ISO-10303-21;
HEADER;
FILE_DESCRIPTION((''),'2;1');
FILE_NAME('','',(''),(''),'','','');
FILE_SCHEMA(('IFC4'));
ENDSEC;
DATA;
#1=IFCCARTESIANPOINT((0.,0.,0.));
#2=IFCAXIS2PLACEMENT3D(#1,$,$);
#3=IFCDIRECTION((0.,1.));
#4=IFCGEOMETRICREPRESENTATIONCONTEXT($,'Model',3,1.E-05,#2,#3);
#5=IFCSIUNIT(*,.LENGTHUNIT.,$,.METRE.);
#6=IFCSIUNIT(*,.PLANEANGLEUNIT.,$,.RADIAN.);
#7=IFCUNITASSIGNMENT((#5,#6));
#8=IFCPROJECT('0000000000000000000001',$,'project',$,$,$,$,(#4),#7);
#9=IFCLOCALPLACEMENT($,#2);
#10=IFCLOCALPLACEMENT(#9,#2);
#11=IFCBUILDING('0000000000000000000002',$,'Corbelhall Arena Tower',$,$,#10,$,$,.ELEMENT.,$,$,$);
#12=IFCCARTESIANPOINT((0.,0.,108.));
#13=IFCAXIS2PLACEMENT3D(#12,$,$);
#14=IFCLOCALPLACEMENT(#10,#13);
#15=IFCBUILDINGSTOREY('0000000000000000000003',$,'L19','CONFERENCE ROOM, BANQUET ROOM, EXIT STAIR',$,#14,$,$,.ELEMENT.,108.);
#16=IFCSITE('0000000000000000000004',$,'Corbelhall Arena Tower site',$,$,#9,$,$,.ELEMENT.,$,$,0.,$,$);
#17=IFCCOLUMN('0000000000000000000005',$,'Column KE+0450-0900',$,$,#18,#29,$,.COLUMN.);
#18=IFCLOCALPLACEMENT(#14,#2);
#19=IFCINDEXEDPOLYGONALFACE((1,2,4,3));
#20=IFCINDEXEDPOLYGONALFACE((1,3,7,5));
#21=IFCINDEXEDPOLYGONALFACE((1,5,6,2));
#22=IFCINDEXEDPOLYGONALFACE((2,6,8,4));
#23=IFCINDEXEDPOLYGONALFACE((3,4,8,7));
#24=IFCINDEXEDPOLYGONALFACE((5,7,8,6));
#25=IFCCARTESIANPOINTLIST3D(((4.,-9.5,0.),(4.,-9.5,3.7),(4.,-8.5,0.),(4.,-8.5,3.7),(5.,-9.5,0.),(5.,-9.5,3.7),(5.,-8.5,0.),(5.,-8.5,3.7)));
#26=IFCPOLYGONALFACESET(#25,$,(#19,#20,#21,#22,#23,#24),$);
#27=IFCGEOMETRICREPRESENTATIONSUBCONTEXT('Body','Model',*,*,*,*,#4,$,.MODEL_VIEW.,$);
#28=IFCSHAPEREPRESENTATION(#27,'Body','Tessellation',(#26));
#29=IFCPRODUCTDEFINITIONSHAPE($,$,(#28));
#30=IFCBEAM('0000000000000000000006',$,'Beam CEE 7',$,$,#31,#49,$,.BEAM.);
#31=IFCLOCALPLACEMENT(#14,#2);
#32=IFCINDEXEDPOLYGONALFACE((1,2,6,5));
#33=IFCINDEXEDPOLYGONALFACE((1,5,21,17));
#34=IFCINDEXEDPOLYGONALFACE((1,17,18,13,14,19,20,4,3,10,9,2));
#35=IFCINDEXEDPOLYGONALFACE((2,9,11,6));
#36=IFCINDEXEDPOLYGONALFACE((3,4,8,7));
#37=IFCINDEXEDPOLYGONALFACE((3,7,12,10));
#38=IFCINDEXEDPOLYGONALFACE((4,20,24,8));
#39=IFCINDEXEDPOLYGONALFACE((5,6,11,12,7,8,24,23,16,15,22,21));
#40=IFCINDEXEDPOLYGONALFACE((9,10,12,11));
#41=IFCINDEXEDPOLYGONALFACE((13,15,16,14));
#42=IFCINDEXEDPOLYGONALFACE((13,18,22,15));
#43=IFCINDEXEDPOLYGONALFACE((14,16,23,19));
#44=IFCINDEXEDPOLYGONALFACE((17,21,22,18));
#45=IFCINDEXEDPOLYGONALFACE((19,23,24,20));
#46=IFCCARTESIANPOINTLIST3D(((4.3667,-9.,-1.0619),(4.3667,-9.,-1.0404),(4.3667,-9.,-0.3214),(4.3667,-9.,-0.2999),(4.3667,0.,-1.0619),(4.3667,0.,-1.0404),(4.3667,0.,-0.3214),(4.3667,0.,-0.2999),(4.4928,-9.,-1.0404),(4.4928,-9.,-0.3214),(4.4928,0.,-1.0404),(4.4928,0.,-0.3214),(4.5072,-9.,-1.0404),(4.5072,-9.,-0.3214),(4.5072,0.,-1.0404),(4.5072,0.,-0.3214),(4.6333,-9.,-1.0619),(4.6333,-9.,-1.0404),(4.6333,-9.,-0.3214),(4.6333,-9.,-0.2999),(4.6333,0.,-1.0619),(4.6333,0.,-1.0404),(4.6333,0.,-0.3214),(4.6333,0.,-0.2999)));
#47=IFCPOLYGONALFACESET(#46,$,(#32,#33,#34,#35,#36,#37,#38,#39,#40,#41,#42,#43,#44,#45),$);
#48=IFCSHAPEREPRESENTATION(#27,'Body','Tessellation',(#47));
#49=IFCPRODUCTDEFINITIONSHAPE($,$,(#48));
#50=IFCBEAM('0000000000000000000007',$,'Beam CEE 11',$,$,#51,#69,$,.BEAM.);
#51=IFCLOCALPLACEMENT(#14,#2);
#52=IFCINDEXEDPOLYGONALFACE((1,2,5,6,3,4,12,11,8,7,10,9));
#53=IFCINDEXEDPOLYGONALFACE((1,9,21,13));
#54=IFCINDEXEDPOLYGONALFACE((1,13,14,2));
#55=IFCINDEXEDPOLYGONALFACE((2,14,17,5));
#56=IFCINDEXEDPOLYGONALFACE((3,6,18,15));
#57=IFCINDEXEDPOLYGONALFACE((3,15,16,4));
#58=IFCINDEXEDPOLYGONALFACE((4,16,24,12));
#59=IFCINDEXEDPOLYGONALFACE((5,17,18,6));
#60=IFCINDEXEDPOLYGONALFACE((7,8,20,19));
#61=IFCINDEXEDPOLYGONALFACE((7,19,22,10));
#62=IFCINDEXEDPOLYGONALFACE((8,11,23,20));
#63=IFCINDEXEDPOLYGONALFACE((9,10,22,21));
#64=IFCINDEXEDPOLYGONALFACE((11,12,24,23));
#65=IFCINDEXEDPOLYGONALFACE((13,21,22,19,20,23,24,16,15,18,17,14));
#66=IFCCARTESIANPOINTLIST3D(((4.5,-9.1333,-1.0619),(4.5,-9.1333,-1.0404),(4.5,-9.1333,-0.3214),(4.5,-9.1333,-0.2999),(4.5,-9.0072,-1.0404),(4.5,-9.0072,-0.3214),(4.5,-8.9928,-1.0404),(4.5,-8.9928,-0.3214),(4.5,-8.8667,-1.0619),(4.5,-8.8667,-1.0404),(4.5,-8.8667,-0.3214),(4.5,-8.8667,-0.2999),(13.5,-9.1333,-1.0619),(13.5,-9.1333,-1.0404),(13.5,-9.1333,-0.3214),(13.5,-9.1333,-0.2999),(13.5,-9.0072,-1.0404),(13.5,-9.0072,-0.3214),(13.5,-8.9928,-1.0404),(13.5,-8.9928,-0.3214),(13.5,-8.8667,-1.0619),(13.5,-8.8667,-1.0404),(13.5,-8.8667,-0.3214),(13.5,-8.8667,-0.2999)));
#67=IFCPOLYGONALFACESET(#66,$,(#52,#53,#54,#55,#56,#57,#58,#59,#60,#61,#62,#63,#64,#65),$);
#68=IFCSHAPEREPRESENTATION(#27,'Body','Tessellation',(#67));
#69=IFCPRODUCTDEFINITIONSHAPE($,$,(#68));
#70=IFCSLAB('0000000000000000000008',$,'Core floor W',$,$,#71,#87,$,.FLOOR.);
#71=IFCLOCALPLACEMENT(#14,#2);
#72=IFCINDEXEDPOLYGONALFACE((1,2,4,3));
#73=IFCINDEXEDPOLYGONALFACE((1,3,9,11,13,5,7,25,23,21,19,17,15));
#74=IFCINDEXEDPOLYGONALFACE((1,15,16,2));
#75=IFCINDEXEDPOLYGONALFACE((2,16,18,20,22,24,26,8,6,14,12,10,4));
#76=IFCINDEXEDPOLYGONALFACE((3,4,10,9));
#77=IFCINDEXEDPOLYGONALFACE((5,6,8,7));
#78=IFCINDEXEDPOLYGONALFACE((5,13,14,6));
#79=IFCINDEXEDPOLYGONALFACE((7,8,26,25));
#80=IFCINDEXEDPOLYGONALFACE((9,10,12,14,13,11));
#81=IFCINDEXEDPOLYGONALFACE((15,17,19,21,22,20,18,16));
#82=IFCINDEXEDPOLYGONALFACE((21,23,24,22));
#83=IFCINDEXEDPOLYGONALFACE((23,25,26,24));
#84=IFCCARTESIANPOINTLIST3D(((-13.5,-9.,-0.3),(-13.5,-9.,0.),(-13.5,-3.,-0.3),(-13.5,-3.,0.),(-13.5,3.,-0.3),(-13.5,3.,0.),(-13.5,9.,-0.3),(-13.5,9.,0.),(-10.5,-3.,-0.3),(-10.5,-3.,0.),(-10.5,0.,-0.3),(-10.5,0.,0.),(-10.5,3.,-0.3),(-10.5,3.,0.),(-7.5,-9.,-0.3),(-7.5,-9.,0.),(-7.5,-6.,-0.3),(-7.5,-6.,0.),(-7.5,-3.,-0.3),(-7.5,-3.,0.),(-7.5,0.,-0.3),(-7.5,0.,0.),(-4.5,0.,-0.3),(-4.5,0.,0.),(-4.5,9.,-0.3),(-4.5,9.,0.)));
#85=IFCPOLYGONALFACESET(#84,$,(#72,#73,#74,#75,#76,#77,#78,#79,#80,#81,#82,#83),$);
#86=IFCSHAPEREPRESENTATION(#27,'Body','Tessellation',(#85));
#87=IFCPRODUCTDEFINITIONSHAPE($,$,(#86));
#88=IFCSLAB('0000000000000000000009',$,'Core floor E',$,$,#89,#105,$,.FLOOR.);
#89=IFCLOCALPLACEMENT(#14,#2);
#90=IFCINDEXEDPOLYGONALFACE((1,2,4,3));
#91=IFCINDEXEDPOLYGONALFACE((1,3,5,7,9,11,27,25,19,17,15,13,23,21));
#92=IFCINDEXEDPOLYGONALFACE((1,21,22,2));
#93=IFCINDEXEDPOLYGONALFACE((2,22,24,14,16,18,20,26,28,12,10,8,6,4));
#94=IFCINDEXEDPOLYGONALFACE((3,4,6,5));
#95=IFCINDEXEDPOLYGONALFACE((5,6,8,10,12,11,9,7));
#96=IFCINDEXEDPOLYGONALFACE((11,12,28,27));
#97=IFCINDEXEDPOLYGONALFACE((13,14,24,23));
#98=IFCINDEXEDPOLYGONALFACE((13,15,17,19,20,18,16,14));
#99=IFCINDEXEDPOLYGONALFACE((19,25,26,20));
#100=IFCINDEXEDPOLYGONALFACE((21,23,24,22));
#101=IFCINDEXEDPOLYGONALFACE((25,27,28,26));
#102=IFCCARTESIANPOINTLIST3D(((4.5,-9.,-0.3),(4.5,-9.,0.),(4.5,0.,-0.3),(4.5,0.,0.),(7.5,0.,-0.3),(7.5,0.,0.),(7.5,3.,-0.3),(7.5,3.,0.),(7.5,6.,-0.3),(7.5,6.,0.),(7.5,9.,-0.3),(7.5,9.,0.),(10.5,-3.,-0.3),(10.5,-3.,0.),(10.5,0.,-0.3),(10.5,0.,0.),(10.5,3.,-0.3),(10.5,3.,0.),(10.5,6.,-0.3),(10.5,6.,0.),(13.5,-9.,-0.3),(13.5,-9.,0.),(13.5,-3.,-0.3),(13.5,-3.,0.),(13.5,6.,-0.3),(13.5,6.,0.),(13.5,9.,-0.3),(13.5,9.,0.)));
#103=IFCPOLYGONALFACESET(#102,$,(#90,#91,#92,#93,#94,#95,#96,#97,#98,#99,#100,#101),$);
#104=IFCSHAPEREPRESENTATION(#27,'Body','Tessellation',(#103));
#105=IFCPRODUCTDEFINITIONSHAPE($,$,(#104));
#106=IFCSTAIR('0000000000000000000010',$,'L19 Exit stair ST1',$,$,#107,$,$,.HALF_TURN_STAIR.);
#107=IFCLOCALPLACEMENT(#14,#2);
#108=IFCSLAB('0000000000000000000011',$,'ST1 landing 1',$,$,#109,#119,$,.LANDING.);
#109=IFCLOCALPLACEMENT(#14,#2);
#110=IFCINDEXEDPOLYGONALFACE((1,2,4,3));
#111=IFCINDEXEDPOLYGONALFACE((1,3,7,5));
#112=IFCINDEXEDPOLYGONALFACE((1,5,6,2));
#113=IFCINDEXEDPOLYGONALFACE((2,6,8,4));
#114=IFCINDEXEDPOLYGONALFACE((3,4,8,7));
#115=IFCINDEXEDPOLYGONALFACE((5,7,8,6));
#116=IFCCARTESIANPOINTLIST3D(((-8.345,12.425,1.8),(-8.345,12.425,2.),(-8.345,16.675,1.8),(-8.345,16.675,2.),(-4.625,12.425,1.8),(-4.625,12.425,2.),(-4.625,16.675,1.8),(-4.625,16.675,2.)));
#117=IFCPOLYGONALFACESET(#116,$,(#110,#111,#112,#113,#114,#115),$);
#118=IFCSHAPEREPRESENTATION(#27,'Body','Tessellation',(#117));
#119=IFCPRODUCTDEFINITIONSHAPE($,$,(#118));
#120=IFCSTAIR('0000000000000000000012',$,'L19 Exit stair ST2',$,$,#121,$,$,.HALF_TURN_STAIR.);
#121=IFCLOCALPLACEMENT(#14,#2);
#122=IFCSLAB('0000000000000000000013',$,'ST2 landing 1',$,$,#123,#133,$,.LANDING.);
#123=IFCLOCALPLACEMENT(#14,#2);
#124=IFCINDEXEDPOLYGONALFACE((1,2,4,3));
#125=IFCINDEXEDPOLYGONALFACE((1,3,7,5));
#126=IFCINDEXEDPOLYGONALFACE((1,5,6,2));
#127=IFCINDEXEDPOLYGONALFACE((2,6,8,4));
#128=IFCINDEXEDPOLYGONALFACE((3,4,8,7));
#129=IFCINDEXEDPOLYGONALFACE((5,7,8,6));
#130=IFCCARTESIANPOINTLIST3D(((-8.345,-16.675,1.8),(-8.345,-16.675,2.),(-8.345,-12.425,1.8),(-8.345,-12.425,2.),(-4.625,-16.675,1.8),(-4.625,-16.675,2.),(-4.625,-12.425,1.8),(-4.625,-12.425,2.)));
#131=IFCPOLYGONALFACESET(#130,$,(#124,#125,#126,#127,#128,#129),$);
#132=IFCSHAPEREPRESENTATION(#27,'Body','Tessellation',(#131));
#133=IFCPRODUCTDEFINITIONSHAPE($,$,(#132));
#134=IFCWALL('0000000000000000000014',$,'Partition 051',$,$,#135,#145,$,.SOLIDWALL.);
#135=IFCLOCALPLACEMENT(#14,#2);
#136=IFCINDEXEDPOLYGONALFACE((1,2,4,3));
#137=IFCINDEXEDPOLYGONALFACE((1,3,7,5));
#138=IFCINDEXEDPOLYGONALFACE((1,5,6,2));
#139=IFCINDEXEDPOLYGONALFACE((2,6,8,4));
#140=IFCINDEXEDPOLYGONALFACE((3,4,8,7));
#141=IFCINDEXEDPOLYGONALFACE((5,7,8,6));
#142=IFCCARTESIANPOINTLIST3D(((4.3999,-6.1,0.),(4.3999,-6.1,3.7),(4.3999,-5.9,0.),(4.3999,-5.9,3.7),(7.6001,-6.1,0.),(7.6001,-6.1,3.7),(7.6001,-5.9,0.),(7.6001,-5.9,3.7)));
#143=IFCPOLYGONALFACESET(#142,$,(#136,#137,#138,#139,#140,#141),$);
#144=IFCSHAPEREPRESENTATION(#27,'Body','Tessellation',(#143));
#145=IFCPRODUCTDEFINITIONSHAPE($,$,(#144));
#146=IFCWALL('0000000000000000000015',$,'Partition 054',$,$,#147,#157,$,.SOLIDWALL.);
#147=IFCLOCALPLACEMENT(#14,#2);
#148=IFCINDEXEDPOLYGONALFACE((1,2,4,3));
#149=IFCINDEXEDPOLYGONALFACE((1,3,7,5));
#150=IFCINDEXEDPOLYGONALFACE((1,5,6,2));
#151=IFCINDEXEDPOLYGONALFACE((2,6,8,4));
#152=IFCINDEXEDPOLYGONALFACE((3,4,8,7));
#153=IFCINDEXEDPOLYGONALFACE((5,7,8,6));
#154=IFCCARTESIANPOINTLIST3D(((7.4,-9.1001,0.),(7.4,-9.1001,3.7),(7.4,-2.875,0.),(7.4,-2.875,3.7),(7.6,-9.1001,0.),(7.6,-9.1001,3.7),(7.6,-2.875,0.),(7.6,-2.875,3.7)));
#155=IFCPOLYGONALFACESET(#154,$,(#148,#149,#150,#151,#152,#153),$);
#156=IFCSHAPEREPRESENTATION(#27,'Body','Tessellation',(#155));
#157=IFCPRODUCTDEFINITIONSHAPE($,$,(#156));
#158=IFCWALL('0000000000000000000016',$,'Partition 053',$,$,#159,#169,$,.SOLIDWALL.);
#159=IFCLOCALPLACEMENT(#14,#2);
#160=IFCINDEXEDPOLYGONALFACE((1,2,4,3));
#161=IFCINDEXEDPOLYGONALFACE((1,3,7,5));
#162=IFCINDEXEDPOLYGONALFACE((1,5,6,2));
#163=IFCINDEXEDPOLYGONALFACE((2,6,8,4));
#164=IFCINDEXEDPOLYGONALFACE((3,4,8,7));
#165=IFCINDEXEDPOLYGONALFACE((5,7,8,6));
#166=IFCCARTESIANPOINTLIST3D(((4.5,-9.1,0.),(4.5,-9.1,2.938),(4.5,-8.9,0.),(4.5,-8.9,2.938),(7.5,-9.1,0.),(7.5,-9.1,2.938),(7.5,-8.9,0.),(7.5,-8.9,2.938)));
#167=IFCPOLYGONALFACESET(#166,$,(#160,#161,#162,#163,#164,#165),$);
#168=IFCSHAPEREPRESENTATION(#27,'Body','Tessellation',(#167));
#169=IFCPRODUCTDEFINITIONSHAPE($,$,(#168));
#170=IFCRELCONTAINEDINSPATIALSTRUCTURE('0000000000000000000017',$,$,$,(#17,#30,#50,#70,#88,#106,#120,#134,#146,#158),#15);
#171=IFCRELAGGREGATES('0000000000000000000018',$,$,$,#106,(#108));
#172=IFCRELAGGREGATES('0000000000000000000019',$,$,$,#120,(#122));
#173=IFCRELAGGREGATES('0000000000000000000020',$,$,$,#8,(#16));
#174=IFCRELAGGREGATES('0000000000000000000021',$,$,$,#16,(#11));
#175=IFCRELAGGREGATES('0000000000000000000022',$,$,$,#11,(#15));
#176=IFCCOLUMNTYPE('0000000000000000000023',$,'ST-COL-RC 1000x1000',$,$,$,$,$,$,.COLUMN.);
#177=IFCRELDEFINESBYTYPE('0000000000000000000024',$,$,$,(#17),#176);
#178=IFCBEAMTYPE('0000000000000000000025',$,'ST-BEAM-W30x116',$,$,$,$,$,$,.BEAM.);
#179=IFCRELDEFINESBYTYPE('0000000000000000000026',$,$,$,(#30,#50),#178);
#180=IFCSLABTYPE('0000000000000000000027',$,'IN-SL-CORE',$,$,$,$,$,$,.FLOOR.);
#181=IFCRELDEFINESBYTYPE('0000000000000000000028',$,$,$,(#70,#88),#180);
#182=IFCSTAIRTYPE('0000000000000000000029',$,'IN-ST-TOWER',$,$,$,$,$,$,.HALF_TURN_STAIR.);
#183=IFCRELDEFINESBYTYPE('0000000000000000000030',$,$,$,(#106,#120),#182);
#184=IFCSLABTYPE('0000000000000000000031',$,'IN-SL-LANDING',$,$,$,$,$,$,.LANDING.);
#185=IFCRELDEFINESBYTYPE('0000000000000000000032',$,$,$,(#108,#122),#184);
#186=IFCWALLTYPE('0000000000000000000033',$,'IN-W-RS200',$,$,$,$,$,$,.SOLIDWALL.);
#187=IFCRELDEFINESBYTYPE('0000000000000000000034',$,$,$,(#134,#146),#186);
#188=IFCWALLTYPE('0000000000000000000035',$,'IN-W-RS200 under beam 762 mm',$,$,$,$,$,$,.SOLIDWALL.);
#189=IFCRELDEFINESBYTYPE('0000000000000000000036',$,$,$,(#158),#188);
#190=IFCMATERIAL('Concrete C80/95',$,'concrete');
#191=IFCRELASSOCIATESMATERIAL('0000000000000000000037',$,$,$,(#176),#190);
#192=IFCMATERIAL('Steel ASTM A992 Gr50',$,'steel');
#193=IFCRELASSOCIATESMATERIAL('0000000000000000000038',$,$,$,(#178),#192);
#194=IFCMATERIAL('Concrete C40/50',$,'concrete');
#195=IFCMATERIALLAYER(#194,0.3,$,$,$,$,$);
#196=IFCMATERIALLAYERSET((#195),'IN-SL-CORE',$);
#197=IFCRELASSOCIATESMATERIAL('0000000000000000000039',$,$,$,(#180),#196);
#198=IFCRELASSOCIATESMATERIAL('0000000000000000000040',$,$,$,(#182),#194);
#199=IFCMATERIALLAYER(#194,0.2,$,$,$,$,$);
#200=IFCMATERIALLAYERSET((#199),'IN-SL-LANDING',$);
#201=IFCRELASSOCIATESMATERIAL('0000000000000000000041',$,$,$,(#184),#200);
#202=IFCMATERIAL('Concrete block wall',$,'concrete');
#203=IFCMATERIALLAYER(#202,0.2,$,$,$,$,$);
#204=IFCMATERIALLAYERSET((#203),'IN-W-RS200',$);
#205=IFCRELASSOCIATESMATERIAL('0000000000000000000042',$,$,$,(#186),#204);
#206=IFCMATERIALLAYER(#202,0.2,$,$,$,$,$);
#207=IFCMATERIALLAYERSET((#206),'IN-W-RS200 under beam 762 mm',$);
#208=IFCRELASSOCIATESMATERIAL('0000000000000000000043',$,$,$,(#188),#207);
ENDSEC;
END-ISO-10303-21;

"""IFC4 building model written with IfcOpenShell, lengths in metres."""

from ifc_helpers import new_model, si_unit, direction, frame, frame_2d, origin, origin_2d, place, context, subcontext, project, spatial, polyline, rectangle, i_section, outline, extrude, material, layer, layer_set, material_profile, profile_set, type_object, element, aggregate, save


model = new_model("IFC4")

# Units and contexts
model_context = context("Model", 3, precision=1e-05, world=origin(), true_north=direction((0.0, 1.0)))
body_context = subcontext(model_context, "Body", "Model", "MODEL_VIEW")
ifc_project = project(units=[si_unit("LENGTHUNIT", "METRE"), si_unit("PLANEANGLEUNIT", "RADIAN")], contexts=[model_context])

# Site, building, storey
site_placement = place(None, origin())
site = spatial("IfcSite", under=ifc_project, at=site_placement, Name="Corbelhall Arena Tower site", CompositionType="ELEMENT", RefElevation=0.0)
building_placement = place(site_placement, origin())
building = spatial("IfcBuilding", under=site, at=building_placement, Name="Corbelhall Arena Tower", CompositionType="ELEMENT")
storey_placement = place(building_placement, frame((0.0, 0.0, 108.0)))
storey = spatial("IfcBuildingStorey", under=building, at=storey_placement, Name="L19", Description="CONFERENCE ROOM, BANQUET ROOM, EXIT STAIR", CompositionType="ELEMENT", Elevation=108.0)

# Column
ifc_material_1 = material(Name="Concrete C80/95", Category="concrete")
ifc_material_profile_1 = material_profile(ifc_material_1, rectangle(XDim=1.0, YDim=1.0, at=origin_2d()))
ifc_profile_set_1 = profile_set([ifc_material_profile_1], Name="Concrete C80/95")
column_type = type_object("IfcColumnType", Name="ST-COL-RC 1000x1000", PredefinedType="COLUMN", material=ifc_profile_set_1)
column_placement = place(storey_placement, frame((4.5, -9.0, 0.0), z_axis=(0.0, 0.0, 1.0), x_axis=(1.0, 0.0, 0.0)))
element("IfcColumn", 1, at=column_placement, inside=storey, type_object=column_type, Name="Column KE+0450-0900", PredefinedType="COLUMN", context=body_context, shape_type="SweptSolid", body=[
    extrude(rectangle(XDim=1.0, YDim=1.0, at=origin_2d()), origin(), (0.0, 0.0, 1.0), 3.7),
])

# Beams
ifc_material_2 = material(Name="Steel ASTM A992 Gr50", Category="steel")
ifc_material_profile_2 = material_profile(ifc_material_2, i_section(OverallWidth=0.2666, OverallDepth=0.762, WebThickness=0.0144, FlangeThickness=0.0215, at=origin_2d()))
ifc_profile_set_2 = profile_set([ifc_material_profile_2], Name="Steel ASTM A992 Gr50")
beam_type = type_object("IfcBeamType", Name="ST-BEAM-W30x116", PredefinedType="BEAM", material=ifc_profile_set_2)
for number, where, z_axis, x_axis, name in (
    (2, (4.5, -9.0, -0.6809), (0.0, 1.0, 0.0), (-1.0, 0.0, 0.0), "Beam CEE 7"),
    (3, (4.5, -9.0, -0.6809), (1.0, 0.0, 0.0), (0.0, 1.0, 0.0), "Beam CEE 11"),
):
    element("IfcBeam", number, at=place(storey_placement, frame(where, z_axis=z_axis, x_axis=x_axis)), inside=storey, type_object=beam_type, Name=name, PredefinedType="BEAM", context=body_context, shape_type="SweptSolid", body=[
        extrude(i_section(OverallWidth=0.2666, OverallDepth=0.762, WebThickness=0.0144, FlangeThickness=0.0215, at=origin_2d()), origin(), (0.0, 0.0, 1.0), 9.0),
    ])

# Slabs
ifc_material_3 = material(Name="Concrete C40/50", Category="concrete")
ifc_layer_1 = layer(ifc_material_3, 0.3)
ifc_layer_set_1 = layer_set([ifc_layer_1], Name="IN-SL-CORE")
slab_type_1 = type_object("IfcSlabType", Name="IN-SL-CORE", PredefinedType="FLOOR", material=ifc_layer_set_1)
slab_1_placement = place(storey_placement, frame((0.0, 0.0, -0.3)))
element("IfcSlab", 4, at=slab_1_placement, inside=storey, type_object=slab_type_1, Name="Core floor W", PredefinedType="FLOOR", context=body_context, shape_type="SweptSolid", body=[
    extrude(outline(polyline([(-7.5, 0.0), (-4.5, 0.0), (-4.5, 9.0), (-13.5, 9.0), (-13.5, 3.0), (-10.5, 3.0), (-10.5, 0.0), (-10.5, -3.0), (-13.5, -3.0), (-13.5, -9.0), (-7.5, -9.0), (-7.5, -6.0), (-7.5, -3.0), (-7.5, 0.0)])), origin(), (0.0, 0.0, 1.0), 0.3),
])
slab_2_placement = place(storey_placement, frame((0.0, 0.0, -0.3)))
element("IfcSlab", 5, at=slab_2_placement, inside=storey, type_object=slab_type_1, Name="Core floor E", PredefinedType="FLOOR", context=body_context, shape_type="SweptSolid", body=[
    extrude(outline(polyline([(7.5, 0.0), (4.5, 0.0), (4.5, -9.0), (13.5, -9.0), (13.5, -3.0), (10.5, -3.0), (10.5, 0.0), (10.5, 3.0), (10.5, 6.0), (13.5, 6.0), (13.5, 9.0), (7.5, 9.0), (7.5, 6.0), (7.5, 3.0), (7.5, 0.0)])), origin(), (0.0, 0.0, 1.0), 0.3),
])

# Stairs, slabs
stair_type = type_object("IfcStairType", Name="IN-ST-TOWER", PredefinedType="HALF_TURN_STAIR", material=ifc_material_3)
stair_1_placement = place(storey_placement, origin())
stair_1 = element("IfcStair", 6, at=stair_1_placement, inside=storey, type_object=stair_type, Name="L19 Exit stair ST1", PredefinedType="HALF_TURN_STAIR")
ifc_layer_2 = layer(ifc_material_3, 0.2)
ifc_layer_set_2 = layer_set([ifc_layer_2], Name="IN-SL-LANDING")
slab_type_2 = type_object("IfcSlabType", Name="IN-SL-LANDING", PredefinedType="LANDING", material=ifc_layer_set_2)
slab_3_placement = place(storey_placement, frame((0.0, 0.0, 1.8)))
slab_3 = element("IfcSlab", 7, at=slab_3_placement, type_object=slab_type_2, Name="ST1 landing 1", PredefinedType="LANDING", context=body_context, shape_type="SweptSolid", body=[
    extrude(outline(polyline([(-8.345, 12.425), (-4.625, 12.425), (-4.625, 16.675), (-8.345, 16.675), (-8.345, 12.425)])), origin(), (0.0, 0.0, 1.0), 0.2),
])
aggregate(stair_1, [slab_3])
stair_2_placement = place(storey_placement, origin())
stair_2 = element("IfcStair", 8, at=stair_2_placement, inside=storey, type_object=stair_type, Name="L19 Exit stair ST2", PredefinedType="HALF_TURN_STAIR")
slab_4_placement = place(storey_placement, frame((0.0, 0.0, 1.8)))
slab_4 = element("IfcSlab", 9, at=slab_4_placement, type_object=slab_type_2, Name="ST2 landing 1", PredefinedType="LANDING", context=body_context, shape_type="SweptSolid", body=[
    extrude(outline(polyline([(-8.345, -16.675), (-4.625, -16.675), (-4.625, -12.425), (-8.345, -12.425), (-8.345, -16.675)])), origin(), (0.0, 0.0, 1.0), 0.2),
])
aggregate(stair_2, [slab_4])

# Walls
ifc_material_4 = material(Name="Concrete block wall", Category="concrete")
ifc_layer_3 = layer(ifc_material_4, 0.2)
ifc_layer_set_3 = layer_set([ifc_layer_3], Name="IN-W-RS200")
wall_type_1 = type_object("IfcWallType", Name="IN-W-RS200", PredefinedType="SOLIDWALL", material=ifc_layer_set_3)
wall_1_placement = place(storey_placement, frame((4.3999, -6.0, 0.0), z_axis=(0.0, 0.0, 1.0), x_axis=(1.0, 0.0, 0.0)))
element("IfcWall", 10, at=wall_1_placement, inside=storey, type_object=wall_type_1, Name="Partition 051", PredefinedType="SOLIDWALL", context=body_context, shape_type="SweptSolid", body=[
    extrude(rectangle(XDim=3.2002, YDim=0.2, at=frame_2d((1.6001, 0.0))), origin(), (0.0, 0.0, 1.0), 3.7),
])
wall_2_placement = place(storey_placement, frame((7.5, -2.875, 0.0), z_axis=(0.0, 0.0, 1.0), x_axis=(0.0, -1.0, 0.0)))
element("IfcWall", 11, at=wall_2_placement, inside=storey, type_object=wall_type_1, Name="Partition 054", PredefinedType="SOLIDWALL", context=body_context, shape_type="SweptSolid", body=[
    extrude(rectangle(XDim=6.2251, YDim=0.2, at=frame_2d((3.1125, 0.0))), origin(), (0.0, 0.0, 1.0), 3.7),
])

# Shared definitions
ifc_layer_4 = layer(ifc_material_4, 0.2)
ifc_layer_set_4 = layer_set([ifc_layer_4], Name="IN-W-RS200 under beam 762 mm")
wall_type_2 = type_object("IfcWallType", Name="IN-W-RS200 under beam 762 mm", PredefinedType="SOLIDWALL", material=ifc_layer_set_4)

# Wall
wall_3_placement = place(storey_placement, frame((7.5, -9.0, 0.0), z_axis=(0.0, 0.0, 1.0), x_axis=(-1.0, 0.0, 0.0)))
element("IfcWall", 12, at=wall_3_placement, inside=storey, type_object=wall_type_2, Name="Partition 053", PredefinedType="SOLIDWALL", context=body_context, shape_type="SweptSolid", body=[
    extrude(rectangle(XDim=3.0, YDim=0.2, at=frame_2d((1.5, 0.0))), origin(), (0.0, 0.0, 1.0), 2.938),
])

save(model, "model.ifc")
